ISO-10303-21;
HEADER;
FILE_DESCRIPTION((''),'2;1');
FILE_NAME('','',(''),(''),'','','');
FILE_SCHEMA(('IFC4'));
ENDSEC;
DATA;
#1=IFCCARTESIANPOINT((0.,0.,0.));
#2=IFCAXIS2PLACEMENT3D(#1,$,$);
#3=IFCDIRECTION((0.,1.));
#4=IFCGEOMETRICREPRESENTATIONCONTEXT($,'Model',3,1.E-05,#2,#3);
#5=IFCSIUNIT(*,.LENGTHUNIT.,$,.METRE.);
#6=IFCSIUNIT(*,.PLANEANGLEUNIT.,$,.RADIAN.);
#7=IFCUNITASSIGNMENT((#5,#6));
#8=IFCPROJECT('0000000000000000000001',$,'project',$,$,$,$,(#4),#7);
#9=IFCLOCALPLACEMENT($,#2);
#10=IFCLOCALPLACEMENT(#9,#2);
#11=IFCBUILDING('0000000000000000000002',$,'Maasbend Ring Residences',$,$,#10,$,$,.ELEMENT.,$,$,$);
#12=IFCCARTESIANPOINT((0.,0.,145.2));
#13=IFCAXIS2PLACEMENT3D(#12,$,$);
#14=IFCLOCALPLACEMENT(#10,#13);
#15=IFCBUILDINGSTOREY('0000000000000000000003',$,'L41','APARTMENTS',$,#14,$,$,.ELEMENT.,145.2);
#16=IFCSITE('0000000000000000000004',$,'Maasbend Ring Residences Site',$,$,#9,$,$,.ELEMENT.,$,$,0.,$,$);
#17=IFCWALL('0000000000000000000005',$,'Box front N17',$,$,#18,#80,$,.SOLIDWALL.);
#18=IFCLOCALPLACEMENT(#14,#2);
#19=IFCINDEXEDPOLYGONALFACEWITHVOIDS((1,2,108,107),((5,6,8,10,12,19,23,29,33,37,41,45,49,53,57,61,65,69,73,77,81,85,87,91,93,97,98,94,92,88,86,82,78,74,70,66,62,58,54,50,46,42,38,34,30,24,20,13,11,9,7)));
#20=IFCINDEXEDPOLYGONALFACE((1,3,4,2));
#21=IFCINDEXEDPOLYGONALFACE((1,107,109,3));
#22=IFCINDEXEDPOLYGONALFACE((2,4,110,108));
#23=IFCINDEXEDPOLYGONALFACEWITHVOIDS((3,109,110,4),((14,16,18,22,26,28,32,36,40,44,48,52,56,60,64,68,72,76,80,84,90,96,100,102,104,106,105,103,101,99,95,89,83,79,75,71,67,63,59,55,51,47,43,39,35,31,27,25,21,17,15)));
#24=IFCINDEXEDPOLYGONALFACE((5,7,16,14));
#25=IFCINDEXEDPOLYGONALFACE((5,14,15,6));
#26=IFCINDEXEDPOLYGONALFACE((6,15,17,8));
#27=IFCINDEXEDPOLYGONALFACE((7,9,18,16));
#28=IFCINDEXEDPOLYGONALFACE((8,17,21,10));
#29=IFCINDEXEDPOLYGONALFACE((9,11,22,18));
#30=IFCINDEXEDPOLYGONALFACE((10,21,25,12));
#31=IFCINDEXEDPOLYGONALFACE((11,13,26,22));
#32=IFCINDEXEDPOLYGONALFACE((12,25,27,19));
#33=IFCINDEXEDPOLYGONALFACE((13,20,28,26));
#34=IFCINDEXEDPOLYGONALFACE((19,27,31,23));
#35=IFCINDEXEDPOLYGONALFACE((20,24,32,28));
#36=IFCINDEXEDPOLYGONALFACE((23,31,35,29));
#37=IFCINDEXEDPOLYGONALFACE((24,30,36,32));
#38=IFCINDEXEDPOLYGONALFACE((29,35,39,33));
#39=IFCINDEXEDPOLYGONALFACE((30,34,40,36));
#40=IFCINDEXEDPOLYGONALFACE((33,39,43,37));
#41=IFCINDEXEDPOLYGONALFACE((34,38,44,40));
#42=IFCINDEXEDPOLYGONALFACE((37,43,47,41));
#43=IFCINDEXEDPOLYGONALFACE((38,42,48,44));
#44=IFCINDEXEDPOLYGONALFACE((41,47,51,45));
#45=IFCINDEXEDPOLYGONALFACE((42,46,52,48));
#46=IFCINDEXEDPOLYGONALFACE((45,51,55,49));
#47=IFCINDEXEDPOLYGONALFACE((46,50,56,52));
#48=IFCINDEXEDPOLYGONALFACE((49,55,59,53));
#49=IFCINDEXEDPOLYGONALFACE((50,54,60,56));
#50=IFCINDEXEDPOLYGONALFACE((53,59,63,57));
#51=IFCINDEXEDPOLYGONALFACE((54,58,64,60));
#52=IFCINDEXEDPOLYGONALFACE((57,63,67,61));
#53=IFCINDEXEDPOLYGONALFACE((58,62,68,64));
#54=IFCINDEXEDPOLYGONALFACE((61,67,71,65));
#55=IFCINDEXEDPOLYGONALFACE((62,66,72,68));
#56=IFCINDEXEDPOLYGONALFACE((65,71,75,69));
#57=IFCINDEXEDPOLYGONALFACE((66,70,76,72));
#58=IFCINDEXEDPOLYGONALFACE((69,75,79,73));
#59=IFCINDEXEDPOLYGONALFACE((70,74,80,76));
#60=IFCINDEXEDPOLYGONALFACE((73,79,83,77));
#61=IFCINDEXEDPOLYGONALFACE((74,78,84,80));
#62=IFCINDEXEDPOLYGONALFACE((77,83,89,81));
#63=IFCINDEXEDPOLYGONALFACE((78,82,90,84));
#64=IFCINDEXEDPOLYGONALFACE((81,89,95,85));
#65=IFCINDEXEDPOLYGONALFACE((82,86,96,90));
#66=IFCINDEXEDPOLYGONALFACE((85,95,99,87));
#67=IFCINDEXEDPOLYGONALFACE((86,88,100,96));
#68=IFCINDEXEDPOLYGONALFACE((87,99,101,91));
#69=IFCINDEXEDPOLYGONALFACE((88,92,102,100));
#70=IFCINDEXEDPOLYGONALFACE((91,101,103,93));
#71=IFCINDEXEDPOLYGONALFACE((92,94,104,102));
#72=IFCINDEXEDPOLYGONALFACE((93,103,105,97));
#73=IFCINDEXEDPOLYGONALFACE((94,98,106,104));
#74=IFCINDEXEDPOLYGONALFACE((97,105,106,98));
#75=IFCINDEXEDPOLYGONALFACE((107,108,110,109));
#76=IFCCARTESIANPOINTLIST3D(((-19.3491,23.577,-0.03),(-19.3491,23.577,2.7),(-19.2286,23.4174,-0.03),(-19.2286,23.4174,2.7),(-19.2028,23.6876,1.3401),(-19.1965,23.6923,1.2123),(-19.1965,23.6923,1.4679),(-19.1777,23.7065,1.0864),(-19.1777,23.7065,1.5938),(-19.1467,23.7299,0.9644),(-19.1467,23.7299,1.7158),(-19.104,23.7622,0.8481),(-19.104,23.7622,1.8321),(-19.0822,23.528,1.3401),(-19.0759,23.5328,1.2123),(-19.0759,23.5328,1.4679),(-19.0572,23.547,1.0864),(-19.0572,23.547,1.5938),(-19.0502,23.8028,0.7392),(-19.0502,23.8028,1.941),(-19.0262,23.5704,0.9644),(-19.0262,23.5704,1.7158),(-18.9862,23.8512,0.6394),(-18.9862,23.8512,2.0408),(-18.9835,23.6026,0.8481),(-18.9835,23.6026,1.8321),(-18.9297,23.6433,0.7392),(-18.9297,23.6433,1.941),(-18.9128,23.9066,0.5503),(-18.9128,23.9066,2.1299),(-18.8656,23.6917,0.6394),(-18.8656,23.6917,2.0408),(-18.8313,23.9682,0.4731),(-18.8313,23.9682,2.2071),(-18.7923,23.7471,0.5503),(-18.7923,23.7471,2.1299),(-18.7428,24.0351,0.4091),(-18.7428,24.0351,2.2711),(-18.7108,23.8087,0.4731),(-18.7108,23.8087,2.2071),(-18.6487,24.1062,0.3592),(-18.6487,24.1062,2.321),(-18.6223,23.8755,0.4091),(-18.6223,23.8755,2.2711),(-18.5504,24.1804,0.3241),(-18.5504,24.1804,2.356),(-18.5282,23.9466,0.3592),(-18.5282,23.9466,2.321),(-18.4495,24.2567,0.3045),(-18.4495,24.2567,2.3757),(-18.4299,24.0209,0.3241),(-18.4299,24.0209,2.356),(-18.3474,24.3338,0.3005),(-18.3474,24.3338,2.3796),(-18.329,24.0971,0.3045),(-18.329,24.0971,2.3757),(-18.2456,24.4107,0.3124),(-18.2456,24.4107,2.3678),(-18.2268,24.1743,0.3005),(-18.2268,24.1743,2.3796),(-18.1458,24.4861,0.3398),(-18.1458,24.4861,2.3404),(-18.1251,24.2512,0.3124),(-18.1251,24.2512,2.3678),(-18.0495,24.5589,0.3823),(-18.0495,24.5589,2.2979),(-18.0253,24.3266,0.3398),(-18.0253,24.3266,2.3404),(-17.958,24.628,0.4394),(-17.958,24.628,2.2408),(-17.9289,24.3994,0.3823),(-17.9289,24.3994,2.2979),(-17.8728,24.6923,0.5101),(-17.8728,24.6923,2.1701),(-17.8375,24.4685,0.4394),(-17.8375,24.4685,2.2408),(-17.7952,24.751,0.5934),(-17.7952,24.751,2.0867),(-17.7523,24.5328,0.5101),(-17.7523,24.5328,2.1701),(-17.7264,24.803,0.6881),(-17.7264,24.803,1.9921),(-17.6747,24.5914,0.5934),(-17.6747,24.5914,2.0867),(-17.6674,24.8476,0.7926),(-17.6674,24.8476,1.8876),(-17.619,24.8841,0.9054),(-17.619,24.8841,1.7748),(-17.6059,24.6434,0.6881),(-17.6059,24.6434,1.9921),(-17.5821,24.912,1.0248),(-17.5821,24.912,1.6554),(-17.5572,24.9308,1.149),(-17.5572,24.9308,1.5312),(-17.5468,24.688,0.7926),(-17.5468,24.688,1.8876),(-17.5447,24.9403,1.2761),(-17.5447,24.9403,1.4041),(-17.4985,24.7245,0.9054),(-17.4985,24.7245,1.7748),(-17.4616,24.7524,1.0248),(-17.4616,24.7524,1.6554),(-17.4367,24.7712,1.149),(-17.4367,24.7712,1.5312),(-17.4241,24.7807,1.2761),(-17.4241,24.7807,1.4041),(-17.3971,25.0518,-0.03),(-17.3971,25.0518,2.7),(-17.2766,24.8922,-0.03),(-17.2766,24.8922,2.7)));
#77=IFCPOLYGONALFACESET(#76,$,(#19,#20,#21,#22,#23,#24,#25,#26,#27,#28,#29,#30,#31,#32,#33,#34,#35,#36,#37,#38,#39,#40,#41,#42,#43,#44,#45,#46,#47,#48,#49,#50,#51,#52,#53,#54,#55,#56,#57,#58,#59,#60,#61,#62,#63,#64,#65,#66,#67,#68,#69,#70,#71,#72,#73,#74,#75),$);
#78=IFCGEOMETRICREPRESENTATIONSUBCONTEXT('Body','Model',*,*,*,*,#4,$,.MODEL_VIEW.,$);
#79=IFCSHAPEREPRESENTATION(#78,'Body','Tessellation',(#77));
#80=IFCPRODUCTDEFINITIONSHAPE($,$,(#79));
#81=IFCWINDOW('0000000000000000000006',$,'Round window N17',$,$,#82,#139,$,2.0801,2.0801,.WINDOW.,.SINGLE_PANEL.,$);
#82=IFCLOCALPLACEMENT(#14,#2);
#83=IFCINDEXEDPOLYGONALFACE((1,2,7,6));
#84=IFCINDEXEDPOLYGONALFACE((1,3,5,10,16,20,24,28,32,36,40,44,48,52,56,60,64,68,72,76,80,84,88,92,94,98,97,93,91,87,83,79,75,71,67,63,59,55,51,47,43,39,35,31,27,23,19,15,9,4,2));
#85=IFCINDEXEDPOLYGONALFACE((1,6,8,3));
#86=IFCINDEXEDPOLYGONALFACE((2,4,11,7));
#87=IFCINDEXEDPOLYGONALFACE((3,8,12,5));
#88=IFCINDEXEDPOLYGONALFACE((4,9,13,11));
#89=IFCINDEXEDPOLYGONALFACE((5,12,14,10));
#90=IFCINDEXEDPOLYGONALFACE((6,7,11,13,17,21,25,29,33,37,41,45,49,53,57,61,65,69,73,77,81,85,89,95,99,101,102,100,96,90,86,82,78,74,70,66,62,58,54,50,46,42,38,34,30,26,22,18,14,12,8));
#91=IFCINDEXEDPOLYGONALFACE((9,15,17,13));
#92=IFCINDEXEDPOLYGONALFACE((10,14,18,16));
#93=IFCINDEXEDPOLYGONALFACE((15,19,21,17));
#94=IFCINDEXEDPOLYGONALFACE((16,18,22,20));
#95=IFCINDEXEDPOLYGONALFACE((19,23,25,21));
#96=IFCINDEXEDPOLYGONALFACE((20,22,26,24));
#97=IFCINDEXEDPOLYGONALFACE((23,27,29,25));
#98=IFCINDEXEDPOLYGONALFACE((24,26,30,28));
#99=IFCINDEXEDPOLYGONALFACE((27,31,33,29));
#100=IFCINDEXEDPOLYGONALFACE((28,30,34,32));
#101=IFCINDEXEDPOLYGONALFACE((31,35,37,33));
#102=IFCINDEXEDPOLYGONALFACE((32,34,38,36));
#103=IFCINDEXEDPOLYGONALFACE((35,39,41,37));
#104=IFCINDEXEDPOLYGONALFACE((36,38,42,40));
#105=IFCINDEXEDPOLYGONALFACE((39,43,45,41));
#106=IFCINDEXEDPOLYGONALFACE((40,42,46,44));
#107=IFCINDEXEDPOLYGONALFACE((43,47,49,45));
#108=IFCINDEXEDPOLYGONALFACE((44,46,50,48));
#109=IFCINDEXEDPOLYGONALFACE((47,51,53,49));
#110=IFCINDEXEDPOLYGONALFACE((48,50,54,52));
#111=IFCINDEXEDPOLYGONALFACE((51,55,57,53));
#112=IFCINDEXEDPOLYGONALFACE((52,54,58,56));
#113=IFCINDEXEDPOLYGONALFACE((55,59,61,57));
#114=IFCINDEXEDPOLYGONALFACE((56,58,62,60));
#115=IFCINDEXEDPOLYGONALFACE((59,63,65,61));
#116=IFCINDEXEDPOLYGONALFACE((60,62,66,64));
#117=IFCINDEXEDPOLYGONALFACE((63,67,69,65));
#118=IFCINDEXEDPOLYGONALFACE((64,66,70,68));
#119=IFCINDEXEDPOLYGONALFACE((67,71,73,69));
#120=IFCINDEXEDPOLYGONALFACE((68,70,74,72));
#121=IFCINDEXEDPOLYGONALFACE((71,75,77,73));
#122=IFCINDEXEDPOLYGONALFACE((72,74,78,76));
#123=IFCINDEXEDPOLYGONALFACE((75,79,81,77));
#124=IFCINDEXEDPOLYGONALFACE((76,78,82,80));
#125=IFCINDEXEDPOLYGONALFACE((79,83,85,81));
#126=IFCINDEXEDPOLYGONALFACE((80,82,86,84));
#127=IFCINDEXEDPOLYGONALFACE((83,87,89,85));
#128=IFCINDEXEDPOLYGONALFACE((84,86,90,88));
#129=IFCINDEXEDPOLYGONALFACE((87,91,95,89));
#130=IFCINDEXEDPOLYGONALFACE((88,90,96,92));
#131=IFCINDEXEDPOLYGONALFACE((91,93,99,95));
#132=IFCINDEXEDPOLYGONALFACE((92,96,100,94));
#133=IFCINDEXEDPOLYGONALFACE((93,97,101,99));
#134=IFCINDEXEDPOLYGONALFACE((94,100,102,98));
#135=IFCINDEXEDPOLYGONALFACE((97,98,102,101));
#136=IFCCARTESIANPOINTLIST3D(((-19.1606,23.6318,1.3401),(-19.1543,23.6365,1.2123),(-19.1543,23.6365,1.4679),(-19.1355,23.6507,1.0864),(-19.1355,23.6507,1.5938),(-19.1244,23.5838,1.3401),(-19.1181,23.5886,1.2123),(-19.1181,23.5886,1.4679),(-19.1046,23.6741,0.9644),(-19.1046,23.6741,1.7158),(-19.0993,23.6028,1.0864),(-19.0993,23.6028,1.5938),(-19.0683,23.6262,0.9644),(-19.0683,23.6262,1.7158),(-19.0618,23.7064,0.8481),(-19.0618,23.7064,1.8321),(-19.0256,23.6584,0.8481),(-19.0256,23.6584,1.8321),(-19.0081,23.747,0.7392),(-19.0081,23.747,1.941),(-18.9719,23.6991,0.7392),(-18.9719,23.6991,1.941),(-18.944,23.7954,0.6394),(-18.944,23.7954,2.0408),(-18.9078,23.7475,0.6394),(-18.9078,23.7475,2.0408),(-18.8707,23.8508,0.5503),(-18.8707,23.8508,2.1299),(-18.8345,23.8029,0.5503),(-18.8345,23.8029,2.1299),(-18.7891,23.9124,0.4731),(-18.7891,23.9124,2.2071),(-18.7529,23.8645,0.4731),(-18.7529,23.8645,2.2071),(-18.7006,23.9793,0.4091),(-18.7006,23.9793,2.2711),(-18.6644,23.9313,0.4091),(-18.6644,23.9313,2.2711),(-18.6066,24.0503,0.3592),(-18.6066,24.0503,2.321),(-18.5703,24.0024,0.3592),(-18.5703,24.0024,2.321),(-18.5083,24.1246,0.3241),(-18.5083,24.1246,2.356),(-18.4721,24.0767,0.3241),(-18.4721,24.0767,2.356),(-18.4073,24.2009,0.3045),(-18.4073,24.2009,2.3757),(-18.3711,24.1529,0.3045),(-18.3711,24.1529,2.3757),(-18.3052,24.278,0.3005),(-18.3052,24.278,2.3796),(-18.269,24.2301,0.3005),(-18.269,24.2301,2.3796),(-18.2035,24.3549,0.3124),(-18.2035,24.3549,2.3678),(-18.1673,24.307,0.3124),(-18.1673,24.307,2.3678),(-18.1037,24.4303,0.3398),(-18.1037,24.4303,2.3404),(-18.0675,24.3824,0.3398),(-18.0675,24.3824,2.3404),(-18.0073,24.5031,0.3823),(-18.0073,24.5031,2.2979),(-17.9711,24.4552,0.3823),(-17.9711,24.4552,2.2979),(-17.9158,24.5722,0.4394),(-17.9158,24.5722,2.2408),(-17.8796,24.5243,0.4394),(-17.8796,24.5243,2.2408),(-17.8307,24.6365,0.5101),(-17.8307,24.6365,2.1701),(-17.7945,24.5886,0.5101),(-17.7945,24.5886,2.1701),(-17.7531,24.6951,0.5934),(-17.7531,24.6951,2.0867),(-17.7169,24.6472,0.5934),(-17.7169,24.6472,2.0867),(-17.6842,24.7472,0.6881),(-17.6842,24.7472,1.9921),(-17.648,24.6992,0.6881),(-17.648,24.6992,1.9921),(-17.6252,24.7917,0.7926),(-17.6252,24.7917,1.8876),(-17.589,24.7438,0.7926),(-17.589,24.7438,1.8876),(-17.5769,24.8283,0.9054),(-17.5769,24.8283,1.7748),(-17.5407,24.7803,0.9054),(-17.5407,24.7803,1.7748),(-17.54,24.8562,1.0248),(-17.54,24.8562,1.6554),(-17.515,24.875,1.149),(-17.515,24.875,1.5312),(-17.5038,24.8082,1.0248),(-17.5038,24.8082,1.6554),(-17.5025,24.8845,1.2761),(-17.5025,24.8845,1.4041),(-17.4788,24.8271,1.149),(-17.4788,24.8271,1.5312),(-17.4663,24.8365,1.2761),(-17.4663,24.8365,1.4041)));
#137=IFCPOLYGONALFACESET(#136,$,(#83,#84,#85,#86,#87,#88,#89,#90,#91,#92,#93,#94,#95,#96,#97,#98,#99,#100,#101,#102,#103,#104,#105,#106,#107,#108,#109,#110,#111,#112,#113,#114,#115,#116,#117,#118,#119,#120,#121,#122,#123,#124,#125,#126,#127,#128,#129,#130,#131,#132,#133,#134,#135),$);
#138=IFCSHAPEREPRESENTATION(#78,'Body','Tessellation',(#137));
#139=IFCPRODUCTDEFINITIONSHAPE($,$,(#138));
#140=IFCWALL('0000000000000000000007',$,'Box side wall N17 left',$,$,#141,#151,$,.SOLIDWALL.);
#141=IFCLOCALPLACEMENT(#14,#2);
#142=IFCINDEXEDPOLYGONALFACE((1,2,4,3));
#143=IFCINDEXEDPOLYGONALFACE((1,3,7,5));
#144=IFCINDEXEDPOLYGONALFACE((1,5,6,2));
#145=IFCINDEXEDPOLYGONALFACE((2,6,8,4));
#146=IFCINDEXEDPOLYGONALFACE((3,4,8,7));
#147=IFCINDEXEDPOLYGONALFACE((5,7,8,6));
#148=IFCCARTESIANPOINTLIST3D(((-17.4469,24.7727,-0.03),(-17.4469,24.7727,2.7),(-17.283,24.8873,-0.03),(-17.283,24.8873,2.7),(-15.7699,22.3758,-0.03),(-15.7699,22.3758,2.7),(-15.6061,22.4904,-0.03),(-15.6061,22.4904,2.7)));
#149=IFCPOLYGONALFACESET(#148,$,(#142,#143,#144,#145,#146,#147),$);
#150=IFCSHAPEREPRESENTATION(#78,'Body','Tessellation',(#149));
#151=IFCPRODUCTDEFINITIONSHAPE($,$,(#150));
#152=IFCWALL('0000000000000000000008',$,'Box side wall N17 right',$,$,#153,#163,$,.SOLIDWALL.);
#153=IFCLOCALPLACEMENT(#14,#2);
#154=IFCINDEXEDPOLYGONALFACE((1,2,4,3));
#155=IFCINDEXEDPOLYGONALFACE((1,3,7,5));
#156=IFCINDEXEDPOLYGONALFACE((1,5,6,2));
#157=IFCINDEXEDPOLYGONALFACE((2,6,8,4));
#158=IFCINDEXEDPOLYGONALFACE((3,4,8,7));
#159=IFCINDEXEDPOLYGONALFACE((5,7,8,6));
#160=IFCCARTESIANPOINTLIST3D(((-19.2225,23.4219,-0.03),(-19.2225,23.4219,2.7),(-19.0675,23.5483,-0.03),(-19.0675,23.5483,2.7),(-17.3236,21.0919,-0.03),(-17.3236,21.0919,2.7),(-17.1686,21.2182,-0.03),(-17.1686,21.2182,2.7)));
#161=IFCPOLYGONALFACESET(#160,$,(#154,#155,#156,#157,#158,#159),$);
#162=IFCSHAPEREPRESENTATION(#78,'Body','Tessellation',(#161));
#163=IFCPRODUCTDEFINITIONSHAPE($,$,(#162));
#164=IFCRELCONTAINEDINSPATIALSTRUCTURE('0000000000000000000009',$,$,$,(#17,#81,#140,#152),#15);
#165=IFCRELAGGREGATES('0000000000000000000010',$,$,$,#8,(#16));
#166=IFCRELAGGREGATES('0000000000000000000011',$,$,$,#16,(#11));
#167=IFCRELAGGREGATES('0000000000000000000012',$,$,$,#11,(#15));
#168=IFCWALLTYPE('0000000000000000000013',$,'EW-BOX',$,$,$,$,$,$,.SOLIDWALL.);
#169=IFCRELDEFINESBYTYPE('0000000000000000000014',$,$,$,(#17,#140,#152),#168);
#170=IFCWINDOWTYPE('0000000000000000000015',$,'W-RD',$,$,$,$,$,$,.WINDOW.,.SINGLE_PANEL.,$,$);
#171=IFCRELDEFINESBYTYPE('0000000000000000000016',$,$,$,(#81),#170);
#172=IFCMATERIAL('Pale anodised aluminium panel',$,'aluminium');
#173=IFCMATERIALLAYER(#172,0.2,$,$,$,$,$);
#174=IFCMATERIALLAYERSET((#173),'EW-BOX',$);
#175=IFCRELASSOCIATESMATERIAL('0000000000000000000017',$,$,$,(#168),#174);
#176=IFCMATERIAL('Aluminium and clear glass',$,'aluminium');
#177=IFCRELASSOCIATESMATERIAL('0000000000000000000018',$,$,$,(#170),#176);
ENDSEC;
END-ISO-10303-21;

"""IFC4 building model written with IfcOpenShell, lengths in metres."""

from ifc_helpers import new_model, si_unit, direction, frame, frame_2d, origin, place, context, subcontext, project, spatial, rectangle, circle, extrude, material, layer, layer_set, type_object, element, fill, save


model = new_model("IFC4")

# Units and contexts
model_context = context("Model", 3, precision=1e-05, world=origin(), true_north=direction((0.0, 1.0)))
body_context = subcontext(model_context, "Body", "Model", "MODEL_VIEW")
ifc_project = project(units=[si_unit("LENGTHUNIT", "METRE"), si_unit("PLANEANGLEUNIT", "RADIAN")], contexts=[model_context])

# Site, building, storey
site_placement = place(None, origin())
site = spatial("IfcSite", under=ifc_project, at=site_placement, Name="Maasbend Ring Residences Site", CompositionType="ELEMENT", RefElevation=0.0)
building_placement = place(site_placement, origin())
building = spatial("IfcBuilding", under=site, at=building_placement, Name="Maasbend Ring Residences", CompositionType="ELEMENT")
storey_placement = place(building_placement, frame((0.0, 0.0, 145.2)))
storey = spatial("IfcBuildingStorey", under=building, at=storey_placement, Name="L41", Description="APARTMENTS", CompositionType="ELEMENT", Elevation=145.2)

# Shared definitions
ifc_material_1 = material(Name="Pale anodised aluminium panel", Category="aluminium")
ifc_layer_1 = layer(ifc_material_1, 0.2)
ifc_layer_set_1 = layer_set([ifc_layer_1], Name="EW-BOX")
wall_type_1 = type_object("IfcWallType", Name="EW-BOX", PredefinedType="SOLIDWALL", material=ifc_layer_set_1)
ifc_material_2 = material(Name="Aluminium and clear glass", Category="aluminium")
window_type_1 = type_object("IfcWindowType", Name="W-RD", PartitioningType="SINGLE_PANEL", PredefinedType="WINDOW", material=ifc_material_2)

# Wall, opening, window
wall_1_placement = place(storey_placement, frame((-17.3369, 24.9719, -0.03), z_axis=(0.0, 0.0, 1.0), x_axis=(-0.797888, -0.602806, 0.0)))
wall_1 = element("IfcWall", 1, at=wall_1_placement, inside=storey, type_object=wall_type_1, Name="Box front N17", PredefinedType="SOLIDWALL", context=body_context, shape_type="SweptSolid", body=[
    extrude(rectangle(XDim=2.4465, YDim=0.2, at=frame_2d((1.2231, 0.0))), origin(), (0.0, 0.0, 1.0), 2.73),
])
opening_1_placement = place(wall_1_placement, frame((0.1829, 0.0, 0.3301)))
opening_1 = element("IfcOpeningElement", 2, at=opening_1_placement, cuts=wall_1, PredefinedType="OPENING", context=body_context, shape_type="SweptSolid", body=[
    extrude(circle(Radius=1.04, at=frame_2d((1.04, 1.04))), frame((0.0, 0.1099, 0.0), z_axis=(0.0, -1.0, 0.0), x_axis=(1.0, 0.0, 0.0)), (0.0, 0.0, 1.0), 0.22),
])
window_1_placement = place(opening_1_placement, origin())
window_1 = element("IfcWindow", 3, at=window_1_placement, inside=storey, type_object=window_type_1, Name="Round window N17", OverallHeight=2.0801, OverallWidth=2.0801, PartitioningType="SINGLE_PANEL", PredefinedType="WINDOW", context=body_context, shape_type="SweptSolid", body=[
    extrude(circle(Radius=1.04, at=frame_2d((1.04, 1.04))), frame((0.0, 0.03, 0.0), z_axis=(0.0, -1.0, 0.0), x_axis=(1.0, 0.0, 0.0)), (0.0, 0.0, 1.0), 0.0601),
])
fill(opening_1, window_1)

# Walls
wall_2_placement = place(storey_placement, frame((-15.688, 22.4331, -0.03), z_axis=(0.0, 0.0, 1.0), x_axis=(-0.573261, 0.819373, 0.0)))
element("IfcWall", 4, at=wall_2_placement, inside=storey, type_object=wall_type_1, Name="Box side wall N17 left", PredefinedType="SOLIDWALL", context=body_context, shape_type="SweptSolid", body=[
    extrude(rectangle(XDim=2.9253, YDim=0.2, at=frame_2d((1.4626, 0.0))), origin(), (0.0, 0.0, 1.0), 2.73),
])
wall_3_placement = place(storey_placement, frame((-17.2461, 21.155, -0.03), z_axis=(0.0, 0.0, 1.0), x_axis=(-0.631742, 0.775179, 0.0)))
element("IfcWall", 5, at=wall_3_placement, inside=storey, type_object=wall_type_1, Name="Box side wall N17 right", PredefinedType="SOLIDWALL", context=body_context, shape_type="SweptSolid", body=[
    extrude(rectangle(XDim=3.0059, YDim=0.2, at=frame_2d((1.5029, 0.0))), origin(), (0.0, 0.0, 1.0), 2.73),
])

save(model, "model.ifc")
